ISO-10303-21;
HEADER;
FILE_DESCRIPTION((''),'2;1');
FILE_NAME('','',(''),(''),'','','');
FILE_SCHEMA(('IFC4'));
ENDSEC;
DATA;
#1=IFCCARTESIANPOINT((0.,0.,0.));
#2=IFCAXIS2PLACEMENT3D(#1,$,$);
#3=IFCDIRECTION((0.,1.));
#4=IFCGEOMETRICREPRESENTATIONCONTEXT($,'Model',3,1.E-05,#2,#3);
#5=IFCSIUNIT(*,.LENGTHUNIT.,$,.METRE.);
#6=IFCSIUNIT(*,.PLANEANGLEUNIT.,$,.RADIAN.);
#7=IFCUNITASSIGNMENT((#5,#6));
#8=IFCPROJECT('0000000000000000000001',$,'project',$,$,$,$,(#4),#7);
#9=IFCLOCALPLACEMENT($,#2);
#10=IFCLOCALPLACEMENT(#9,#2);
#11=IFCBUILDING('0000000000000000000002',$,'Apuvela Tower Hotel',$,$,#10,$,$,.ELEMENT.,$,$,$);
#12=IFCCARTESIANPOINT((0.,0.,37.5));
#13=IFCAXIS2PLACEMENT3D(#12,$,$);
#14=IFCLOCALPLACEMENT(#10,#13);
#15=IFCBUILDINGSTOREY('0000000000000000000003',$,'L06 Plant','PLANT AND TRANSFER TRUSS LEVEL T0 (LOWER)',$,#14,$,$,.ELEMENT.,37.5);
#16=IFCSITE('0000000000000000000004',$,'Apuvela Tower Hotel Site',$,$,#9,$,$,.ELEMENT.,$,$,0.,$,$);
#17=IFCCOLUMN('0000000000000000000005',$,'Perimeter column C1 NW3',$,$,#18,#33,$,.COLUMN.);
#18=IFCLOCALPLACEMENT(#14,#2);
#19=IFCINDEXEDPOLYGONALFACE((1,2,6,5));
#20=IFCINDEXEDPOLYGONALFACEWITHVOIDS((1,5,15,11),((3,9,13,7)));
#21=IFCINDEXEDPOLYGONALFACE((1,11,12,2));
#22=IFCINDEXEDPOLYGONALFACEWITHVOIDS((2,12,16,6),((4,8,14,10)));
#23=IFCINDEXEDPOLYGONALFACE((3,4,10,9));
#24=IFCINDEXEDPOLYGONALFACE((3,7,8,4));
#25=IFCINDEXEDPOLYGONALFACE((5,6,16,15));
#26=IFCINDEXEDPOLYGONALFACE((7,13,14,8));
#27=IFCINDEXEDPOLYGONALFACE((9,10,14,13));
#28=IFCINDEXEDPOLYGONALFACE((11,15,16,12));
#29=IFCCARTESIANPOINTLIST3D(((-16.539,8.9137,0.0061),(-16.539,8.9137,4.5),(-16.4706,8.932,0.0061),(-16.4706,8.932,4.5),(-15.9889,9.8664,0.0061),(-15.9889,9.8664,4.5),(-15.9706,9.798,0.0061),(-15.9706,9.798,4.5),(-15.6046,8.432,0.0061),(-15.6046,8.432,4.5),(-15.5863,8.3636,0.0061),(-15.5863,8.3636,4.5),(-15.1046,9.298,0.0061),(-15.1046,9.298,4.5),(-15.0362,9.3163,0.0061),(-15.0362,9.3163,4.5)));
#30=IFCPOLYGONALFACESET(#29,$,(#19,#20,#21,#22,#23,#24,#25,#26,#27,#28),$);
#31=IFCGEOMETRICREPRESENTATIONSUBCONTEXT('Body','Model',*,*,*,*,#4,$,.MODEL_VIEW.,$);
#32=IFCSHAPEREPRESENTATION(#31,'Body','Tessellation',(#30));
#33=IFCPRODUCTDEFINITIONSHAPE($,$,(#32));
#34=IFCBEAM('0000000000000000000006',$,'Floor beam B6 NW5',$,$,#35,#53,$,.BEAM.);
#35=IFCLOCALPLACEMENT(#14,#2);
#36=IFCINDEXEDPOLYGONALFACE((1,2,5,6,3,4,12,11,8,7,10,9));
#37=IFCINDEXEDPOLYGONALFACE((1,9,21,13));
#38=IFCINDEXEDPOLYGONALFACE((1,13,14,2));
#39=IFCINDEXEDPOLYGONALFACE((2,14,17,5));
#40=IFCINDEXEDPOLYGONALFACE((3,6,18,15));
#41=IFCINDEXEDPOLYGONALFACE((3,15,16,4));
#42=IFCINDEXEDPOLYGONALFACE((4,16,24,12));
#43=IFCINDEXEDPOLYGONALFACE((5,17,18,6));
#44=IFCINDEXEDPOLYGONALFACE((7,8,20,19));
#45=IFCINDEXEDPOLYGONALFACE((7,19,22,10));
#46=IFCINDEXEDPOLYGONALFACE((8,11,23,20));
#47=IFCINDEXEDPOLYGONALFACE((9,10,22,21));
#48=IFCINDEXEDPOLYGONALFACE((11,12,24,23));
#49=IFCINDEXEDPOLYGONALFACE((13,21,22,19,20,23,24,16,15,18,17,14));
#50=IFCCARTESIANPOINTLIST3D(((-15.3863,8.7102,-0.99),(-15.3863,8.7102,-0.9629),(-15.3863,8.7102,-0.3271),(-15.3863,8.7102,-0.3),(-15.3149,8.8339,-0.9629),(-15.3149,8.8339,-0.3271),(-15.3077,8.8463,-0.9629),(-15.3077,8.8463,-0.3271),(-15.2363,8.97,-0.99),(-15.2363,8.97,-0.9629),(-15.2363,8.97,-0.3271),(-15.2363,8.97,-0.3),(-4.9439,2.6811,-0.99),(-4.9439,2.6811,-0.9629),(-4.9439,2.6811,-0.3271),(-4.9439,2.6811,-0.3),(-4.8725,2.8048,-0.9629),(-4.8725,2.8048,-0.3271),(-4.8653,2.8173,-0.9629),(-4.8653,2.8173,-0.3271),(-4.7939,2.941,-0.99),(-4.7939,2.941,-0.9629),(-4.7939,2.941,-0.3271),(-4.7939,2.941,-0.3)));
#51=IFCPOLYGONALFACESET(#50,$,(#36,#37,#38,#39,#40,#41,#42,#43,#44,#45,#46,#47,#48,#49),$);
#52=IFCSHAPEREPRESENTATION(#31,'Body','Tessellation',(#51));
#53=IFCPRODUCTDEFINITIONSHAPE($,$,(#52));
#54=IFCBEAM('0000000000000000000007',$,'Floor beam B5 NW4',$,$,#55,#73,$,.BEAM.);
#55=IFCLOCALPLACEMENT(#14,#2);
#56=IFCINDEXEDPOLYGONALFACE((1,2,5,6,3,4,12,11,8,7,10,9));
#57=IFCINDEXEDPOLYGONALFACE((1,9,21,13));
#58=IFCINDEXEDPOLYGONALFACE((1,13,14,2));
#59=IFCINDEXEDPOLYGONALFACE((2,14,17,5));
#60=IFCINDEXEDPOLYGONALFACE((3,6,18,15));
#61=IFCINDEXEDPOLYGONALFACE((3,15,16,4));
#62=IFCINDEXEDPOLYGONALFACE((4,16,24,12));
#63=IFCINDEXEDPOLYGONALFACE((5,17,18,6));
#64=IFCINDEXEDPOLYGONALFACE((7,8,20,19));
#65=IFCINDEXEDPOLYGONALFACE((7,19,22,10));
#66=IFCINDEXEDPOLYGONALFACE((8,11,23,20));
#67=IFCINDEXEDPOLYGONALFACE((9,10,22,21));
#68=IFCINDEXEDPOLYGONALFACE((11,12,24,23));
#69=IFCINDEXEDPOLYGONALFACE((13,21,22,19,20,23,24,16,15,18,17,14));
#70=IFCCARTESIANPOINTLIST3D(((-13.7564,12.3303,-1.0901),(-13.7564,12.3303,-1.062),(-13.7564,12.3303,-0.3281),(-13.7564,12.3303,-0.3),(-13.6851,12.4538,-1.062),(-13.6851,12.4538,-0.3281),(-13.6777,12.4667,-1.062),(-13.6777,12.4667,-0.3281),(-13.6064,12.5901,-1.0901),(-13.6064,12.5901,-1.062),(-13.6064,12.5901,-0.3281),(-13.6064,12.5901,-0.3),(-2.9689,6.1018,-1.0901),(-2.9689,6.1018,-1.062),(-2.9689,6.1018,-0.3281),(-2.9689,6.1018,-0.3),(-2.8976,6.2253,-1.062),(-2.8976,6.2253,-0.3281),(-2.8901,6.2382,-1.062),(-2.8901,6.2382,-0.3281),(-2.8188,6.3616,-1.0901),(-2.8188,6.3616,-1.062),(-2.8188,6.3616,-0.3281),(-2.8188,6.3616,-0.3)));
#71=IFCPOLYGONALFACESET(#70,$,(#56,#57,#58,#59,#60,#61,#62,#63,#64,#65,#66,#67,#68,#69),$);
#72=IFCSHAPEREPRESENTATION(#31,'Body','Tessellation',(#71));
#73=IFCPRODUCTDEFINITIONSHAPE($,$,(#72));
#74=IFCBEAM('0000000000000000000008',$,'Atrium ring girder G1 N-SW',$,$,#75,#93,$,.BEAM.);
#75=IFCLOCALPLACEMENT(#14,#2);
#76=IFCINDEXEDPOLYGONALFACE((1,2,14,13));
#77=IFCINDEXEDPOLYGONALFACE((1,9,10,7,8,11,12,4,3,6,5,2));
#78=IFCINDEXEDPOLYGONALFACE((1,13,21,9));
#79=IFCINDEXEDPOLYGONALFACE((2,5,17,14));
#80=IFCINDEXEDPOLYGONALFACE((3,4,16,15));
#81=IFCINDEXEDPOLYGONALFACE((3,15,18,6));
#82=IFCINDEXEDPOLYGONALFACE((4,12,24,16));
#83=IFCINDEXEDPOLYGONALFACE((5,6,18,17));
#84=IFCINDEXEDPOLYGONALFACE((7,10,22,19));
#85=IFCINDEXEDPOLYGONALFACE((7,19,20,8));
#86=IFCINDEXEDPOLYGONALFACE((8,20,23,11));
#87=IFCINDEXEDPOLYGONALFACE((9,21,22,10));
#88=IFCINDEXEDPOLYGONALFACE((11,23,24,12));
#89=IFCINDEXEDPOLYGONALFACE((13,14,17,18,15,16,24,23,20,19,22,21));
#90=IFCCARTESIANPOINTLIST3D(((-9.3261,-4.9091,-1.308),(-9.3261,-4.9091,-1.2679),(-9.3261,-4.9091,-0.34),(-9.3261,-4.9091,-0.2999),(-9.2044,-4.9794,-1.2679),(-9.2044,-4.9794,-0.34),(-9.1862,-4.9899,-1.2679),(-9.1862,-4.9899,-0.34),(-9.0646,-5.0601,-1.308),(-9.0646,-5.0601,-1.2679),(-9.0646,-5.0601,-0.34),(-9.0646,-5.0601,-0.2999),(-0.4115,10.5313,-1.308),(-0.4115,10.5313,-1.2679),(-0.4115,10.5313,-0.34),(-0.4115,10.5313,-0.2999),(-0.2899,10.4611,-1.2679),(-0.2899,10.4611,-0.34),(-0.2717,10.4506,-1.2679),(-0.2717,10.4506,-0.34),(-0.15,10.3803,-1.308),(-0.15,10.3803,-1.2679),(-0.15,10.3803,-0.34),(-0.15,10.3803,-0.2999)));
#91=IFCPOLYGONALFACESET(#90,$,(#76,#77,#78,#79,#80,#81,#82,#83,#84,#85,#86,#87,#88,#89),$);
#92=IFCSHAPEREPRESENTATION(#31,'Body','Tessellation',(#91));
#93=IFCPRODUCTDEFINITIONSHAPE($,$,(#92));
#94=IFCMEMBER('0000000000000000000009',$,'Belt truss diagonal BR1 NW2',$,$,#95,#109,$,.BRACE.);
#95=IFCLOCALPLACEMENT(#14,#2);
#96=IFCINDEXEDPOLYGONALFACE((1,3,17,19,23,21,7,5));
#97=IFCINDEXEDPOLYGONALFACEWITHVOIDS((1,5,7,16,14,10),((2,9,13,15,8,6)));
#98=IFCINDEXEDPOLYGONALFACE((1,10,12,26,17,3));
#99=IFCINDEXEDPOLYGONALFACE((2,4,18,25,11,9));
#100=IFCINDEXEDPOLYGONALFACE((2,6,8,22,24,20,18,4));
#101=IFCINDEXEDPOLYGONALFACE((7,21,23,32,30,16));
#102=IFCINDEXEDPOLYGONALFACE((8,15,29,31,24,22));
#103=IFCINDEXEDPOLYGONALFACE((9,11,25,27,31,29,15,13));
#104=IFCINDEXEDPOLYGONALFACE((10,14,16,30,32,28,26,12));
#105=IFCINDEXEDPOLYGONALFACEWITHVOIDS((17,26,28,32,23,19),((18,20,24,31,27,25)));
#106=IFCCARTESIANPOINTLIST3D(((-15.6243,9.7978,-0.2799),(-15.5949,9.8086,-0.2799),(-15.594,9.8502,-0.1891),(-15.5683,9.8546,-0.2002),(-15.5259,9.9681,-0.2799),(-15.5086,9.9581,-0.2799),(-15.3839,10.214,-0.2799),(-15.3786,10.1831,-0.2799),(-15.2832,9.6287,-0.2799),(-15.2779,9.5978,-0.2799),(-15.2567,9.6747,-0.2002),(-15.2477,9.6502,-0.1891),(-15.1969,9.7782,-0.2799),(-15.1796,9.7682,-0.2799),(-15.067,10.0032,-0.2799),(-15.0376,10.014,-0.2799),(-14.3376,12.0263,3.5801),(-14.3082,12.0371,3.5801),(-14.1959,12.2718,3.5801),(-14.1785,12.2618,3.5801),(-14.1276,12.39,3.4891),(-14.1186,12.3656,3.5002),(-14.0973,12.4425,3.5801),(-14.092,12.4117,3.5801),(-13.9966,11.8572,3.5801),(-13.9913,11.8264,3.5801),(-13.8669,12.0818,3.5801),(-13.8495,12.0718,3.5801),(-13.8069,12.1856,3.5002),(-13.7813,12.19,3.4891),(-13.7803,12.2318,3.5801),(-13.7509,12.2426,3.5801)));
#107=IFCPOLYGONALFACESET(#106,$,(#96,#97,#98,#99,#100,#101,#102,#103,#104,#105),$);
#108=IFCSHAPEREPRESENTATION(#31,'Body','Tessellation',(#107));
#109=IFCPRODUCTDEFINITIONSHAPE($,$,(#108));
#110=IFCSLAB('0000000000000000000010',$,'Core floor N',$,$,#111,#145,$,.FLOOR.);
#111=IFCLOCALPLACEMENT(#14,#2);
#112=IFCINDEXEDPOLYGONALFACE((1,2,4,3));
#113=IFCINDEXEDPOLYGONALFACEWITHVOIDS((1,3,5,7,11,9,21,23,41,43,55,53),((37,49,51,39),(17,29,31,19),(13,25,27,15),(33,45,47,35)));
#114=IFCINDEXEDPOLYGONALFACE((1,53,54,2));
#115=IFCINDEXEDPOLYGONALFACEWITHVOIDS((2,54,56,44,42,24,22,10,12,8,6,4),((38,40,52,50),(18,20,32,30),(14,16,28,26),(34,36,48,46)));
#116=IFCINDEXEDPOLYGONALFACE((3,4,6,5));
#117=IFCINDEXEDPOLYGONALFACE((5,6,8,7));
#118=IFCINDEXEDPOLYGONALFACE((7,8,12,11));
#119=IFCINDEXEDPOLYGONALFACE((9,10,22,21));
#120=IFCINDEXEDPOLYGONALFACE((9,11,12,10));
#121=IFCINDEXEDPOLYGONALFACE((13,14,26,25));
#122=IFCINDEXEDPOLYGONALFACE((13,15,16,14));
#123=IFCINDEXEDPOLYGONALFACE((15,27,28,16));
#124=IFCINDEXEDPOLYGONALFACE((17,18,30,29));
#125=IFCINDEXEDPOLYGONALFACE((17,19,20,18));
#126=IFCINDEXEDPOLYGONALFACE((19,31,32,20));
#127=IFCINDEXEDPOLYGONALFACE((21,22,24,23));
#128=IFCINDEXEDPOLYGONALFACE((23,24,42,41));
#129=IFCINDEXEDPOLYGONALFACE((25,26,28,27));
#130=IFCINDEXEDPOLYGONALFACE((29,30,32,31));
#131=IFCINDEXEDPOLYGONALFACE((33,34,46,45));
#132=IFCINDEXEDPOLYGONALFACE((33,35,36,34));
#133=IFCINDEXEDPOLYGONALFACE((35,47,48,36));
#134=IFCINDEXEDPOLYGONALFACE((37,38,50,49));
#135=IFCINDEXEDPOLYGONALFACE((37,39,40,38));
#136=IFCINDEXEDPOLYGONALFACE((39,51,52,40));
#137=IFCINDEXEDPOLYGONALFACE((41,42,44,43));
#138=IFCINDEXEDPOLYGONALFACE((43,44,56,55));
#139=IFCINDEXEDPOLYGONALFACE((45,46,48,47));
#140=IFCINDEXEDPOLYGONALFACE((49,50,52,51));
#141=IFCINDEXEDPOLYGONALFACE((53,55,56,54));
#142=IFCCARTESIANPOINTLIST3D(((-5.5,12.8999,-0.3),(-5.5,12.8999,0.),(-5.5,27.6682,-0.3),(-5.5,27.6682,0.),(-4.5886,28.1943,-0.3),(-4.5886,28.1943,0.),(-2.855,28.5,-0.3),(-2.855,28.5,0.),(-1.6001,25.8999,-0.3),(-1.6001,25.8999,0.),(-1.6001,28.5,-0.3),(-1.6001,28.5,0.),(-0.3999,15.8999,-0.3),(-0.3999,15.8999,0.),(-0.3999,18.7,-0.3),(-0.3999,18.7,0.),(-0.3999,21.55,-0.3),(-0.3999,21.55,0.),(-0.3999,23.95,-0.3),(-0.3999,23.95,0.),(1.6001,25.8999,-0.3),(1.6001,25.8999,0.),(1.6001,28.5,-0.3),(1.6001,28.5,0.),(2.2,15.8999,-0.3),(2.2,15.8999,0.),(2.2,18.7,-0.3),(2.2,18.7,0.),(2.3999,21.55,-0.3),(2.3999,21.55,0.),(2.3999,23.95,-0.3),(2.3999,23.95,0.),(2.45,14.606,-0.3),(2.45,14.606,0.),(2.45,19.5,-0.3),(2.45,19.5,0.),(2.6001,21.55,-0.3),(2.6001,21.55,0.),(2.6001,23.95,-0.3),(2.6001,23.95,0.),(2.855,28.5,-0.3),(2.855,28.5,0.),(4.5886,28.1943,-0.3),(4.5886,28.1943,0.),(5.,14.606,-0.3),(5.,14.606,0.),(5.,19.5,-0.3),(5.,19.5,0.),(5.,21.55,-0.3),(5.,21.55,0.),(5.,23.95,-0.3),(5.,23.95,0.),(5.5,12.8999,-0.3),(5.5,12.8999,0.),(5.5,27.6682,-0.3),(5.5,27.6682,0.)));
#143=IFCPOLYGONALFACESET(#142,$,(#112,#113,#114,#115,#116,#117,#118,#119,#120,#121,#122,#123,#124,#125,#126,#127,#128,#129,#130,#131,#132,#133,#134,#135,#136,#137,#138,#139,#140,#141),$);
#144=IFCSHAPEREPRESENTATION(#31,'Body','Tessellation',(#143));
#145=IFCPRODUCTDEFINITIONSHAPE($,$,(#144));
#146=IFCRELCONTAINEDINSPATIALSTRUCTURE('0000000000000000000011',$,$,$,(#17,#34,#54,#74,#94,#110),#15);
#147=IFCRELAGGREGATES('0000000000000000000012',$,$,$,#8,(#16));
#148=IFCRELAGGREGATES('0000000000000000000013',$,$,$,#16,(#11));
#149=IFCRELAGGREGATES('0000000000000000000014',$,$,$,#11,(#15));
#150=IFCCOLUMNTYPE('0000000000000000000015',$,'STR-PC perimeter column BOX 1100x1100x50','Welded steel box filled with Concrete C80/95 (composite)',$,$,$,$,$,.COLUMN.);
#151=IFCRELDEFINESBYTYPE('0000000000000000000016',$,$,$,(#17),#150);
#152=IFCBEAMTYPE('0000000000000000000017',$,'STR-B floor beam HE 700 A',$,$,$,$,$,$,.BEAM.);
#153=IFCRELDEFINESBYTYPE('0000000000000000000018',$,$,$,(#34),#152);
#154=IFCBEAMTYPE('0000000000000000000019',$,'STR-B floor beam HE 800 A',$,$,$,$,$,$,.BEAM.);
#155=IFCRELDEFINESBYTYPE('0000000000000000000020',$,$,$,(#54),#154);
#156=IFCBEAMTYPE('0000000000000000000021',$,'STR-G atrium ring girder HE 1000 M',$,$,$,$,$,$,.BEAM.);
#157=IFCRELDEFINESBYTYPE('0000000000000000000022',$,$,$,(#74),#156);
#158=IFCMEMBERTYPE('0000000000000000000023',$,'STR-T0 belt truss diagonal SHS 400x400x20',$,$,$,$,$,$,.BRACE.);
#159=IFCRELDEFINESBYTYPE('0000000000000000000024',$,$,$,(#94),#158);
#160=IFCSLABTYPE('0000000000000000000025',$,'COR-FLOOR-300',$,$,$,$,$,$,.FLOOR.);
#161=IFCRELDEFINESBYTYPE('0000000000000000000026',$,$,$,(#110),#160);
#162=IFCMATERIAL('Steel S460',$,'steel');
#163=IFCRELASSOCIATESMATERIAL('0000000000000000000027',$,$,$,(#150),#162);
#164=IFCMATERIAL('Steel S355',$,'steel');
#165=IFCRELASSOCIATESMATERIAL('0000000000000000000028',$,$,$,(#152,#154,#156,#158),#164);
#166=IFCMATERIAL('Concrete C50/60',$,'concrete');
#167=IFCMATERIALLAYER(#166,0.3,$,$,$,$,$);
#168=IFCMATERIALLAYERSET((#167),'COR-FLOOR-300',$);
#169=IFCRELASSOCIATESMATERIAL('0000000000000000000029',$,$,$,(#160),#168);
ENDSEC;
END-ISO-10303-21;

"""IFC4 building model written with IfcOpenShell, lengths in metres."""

from ifc_helpers import new_model, si_unit, direction, frame, origin, origin_2d, place, context, subcontext, project, spatial, polyline, rectangle, hollow_rectangle, i_section, outline, extrude, boolean, halfspace, material, layer, layer_set, material_profile, profile_set, type_object, element, save


model = new_model("IFC4")

# Units and contexts
model_context = context("Model", 3, precision=1e-05, world=origin(), true_north=direction((0.0, 1.0)))
body_context = subcontext(model_context, "Body", "Model", "MODEL_VIEW")
ifc_project = project(units=[si_unit("LENGTHUNIT", "METRE"), si_unit("PLANEANGLEUNIT", "RADIAN")], contexts=[model_context])

# Site, building, storey
site_placement = place(None, origin())
site = spatial("IfcSite", under=ifc_project, at=site_placement, Name="Apuvela Tower Hotel Site", CompositionType="ELEMENT", RefElevation=0.0)
building_placement = place(site_placement, origin())
building = spatial("IfcBuilding", under=site, at=building_placement, Name="Apuvela Tower Hotel", CompositionType="ELEMENT")
storey_placement = place(building_placement, frame((0.0, 0.0, 37.5)))
storey = spatial("IfcBuildingStorey", under=building, at=storey_placement, Name="L06 Plant", Description="PLANT AND TRANSFER TRUSS LEVEL T0 (LOWER)", CompositionType="ELEMENT", Elevation=37.5)

# Column
ifc_material_1 = material(Name="Steel S460", Category="steel")
ifc_material_profile_1 = material_profile(ifc_material_1, hollow_rectangle(XDim=1.1001, YDim=1.1001, WallThickness=0.05, at=origin_2d()), Name="BOX 1100x1100x50")
ifc_material_2 = material(Name="Concrete C80/95", Category="concrete")
ifc_material_profile_2 = material_profile(ifc_material_2, rectangle(XDim=1.0, YDim=1.0, at=origin_2d()), Name="Concrete C80/95 infill")
ifc_profile_set_1 = profile_set([ifc_material_profile_1, ifc_material_profile_2], Name="Steel S460")
column_type = type_object("IfcColumnType", Name="STR-PC perimeter column BOX 1100x1100x50", Description="Welded steel box filled with Concrete C80/95 (composite)", PredefinedType="COLUMN", material=ifc_profile_set_1)
column_placement = place(storey_placement, frame((-15.7876, 9.115, 0.0), z_axis=(0.0, 0.0, 1.0), x_axis=(0.5, 0.866025, 0.0)))
element("IfcColumn", 1, at=column_placement, inside=storey, type_object=column_type, Name="Perimeter column C1 NW3", PredefinedType="COLUMN", context=body_context, shape_type="SweptSolid", body=[
    boolean("DIFFERENCE", extrude(hollow_rectangle(XDim=1.1001, YDim=1.1001, WallThickness=0.05, at=origin_2d()), origin(), (0.0, 0.0, 1.0), 4.5), halfspace(frame((0.0, 0.0, 0.0061), z_axis=(0.0, 0.0, 1.0), x_axis=(1.0, 0.0, 0.0)), True)),
])

# Beams
ifc_material_3 = material(Name="Steel S355", Category="steel")
ifc_material_profile_3 = material_profile(ifc_material_3, i_section(OverallWidth=0.3, OverallDepth=0.6899, WebThickness=0.0144, FlangeThickness=0.0271, at=origin_2d()), Name="HE 700 A")
ifc_profile_set_2 = profile_set([ifc_material_profile_3], Name="Steel S355")
beam_type_1 = type_object("IfcBeamType", Name="STR-B floor beam HE 700 A", PredefinedType="BEAM", material=ifc_profile_set_2)
beam_1_placement = place(storey_placement, frame((-15.3113, 8.8401, -0.645), z_axis=(0.86602, -0.500009, 0.0), x_axis=(0.500009, 0.86602, 0.0)))
element("IfcBeam", 2, at=beam_1_placement, inside=storey, type_object=beam_type_1, Name="Floor beam B6 NW5", PredefinedType="BEAM", context=body_context, shape_type="SweptSolid", body=[
    extrude(i_section(OverallWidth=0.3, OverallDepth=0.6899, WebThickness=0.0144, FlangeThickness=0.0271, at=origin_2d()), origin(), (0.0, 0.0, 1.0), 12.0579),
])
ifc_material_profile_4 = material_profile(ifc_material_3, i_section(OverallWidth=0.3, OverallDepth=0.79, WebThickness=0.0149, FlangeThickness=0.0281, at=origin_2d()), Name="HE 800 A")
ifc_profile_set_3 = profile_set([ifc_material_profile_4], Name="Steel S355")
beam_type_2 = type_object("IfcBeamType", Name="STR-B floor beam HE 800 A", PredefinedType="BEAM", material=ifc_profile_set_3)
beam_2_placement = place(storey_placement, frame((-13.6814, 12.4602, -0.6951), z_axis=(0.866015, -0.500018, 0.0), x_axis=(0.500018, 0.866015, 0.0)))
element("IfcBeam", 3, at=beam_2_placement, inside=storey, type_object=beam_type_2, Name="Floor beam B5 NW4", PredefinedType="BEAM", context=body_context, shape_type="SweptSolid", body=[
    extrude(i_section(OverallWidth=0.3, OverallDepth=0.79, WebThickness=0.0149, FlangeThickness=0.0281, at=origin_2d()), origin(), (0.0, 0.0, 1.0), 12.4565),
])
ifc_material_profile_5 = material_profile(ifc_material_3, i_section(OverallWidth=0.302, OverallDepth=1.0081, WebThickness=0.021, FlangeThickness=0.04, at=origin_2d()), Name="HE 1000 M")
ifc_profile_set_4 = profile_set([ifc_material_profile_5], Name="Steel S355")
beam_type_3 = type_object("IfcBeamType", Name="STR-G atrium ring girder HE 1000 M", PredefinedType="BEAM", material=ifc_profile_set_4)
beam_3_placement = place(storey_placement, frame((-0.2808, 10.4558, -0.804), z_axis=(-0.500001, -0.866025, 0.0), x_axis=(0.866025, -0.500001, 0.0)))
element("IfcBeam", 4, at=beam_3_placement, inside=storey, type_object=beam_type_3, Name="Atrium ring girder G1 N-SW", PredefinedType="BEAM", context=body_context, shape_type="SweptSolid", body=[
    extrude(i_section(OverallWidth=0.302, OverallDepth=1.0081, WebThickness=0.021, FlangeThickness=0.04, at=origin_2d()), origin(), (0.0, 0.0, 1.0), 17.8291),
])

# Member
ifc_material_profile_6 = material_profile(ifc_material_3, hollow_rectangle(XDim=0.3999, YDim=0.3999, WallThickness=0.02, at=origin_2d()), Name="SHS 400x400x20")
ifc_profile_set_5 = profile_set([ifc_material_profile_6], Name="Steel S355")
member_type = type_object("IfcMemberType", Name="STR-T0 belt truss diagonal SHS 400x400x20", PredefinedType="BRACE", material=ifc_profile_set_5)
member_placement = place(storey_placement, frame((-15.3376, 9.8943, -0.3), z_axis=(0.277351, 0.480378, 0.832054), x_axis=(-0.416033, -0.720576, 0.554695)))
solid = boolean("DIFFERENCE", boolean("DIFFERENCE", extrude(hollow_rectangle(XDim=0.3999, YDim=0.3999, WallThickness=0.02, at=origin_2d()), frame((0.0, 0.0, -0.2534)), (0.0, 0.0, 1.0), 5.1941), halfspace(frame((0.0, 0.0, 0.0242), z_axis=(0.554695, 0.0, 0.832054), x_axis=(0.832054, 0.0, -0.554695)), True)), halfspace(frame((0.0, 0.0, 4.6633), z_axis=(0.554695, 0.0, 0.832054), x_axis=(0.832054, 0.0, -0.554695)), False))
element("IfcMember", 5, at=member_placement, inside=storey, type_object=member_type, Name="Belt truss diagonal BR1 NW2", PredefinedType="BRACE", context=body_context, shape_type="SweptSolid", body=[
    boolean("UNION", boolean("DIFFERENCE", boolean("DIFFERENCE", extrude(hollow_rectangle(XDim=0.3999, YDim=0.3999, WallThickness=0.02, at=origin_2d()), origin(), (0.0, 0.0, 1.0), 4.6873), halfspace(frame((0.0, 0.0, 0.0242), z_axis=(0.554695, 0.0, 0.832054), x_axis=(0.832054, 0.0, -0.554695)), True)), halfspace(frame((0.0, 0.0, 4.6633), z_axis=(0.554695, 0.0, 0.832054), x_axis=(0.832054, 0.0, -0.554695)), False)), solid),
])

# Slab
ifc_material_4 = material(Name="Concrete C50/60", Category="concrete")
ifc_layer_1 = layer(ifc_material_4, 0.3)
ifc_layer_set_1 = layer_set([ifc_layer_1], Name="COR-FLOOR-300")
slab_type_1 = type_object("IfcSlabType", Name="COR-FLOOR-300", PredefinedType="FLOOR", material=ifc_layer_set_1)
slab_1_placement = place(storey_placement, frame((0.0, 0.0, -0.3)))
element("IfcSlab", 6, at=slab_1_placement, inside=storey, type_object=slab_type_1, Name="Core floor N", PredefinedType="FLOOR", context=body_context, shape_type="SweptSolid", body=[
    extrude(outline(polyline([(5.5, 27.6682), (4.5886, 28.1943), (2.855, 28.5), (1.6001, 28.5), (1.6001, 25.8999), (-1.6001, 25.8999), (-1.6001, 28.5), (-2.855, 28.5), (-4.5886, 28.1943), (-5.5, 27.6682), (-5.5, 12.8999), (5.5, 12.8999), (5.5, 27.6682)]), holes=[polyline([(5.0, 14.606), (2.45, 14.606), (2.45, 19.5), (5.0, 19.5), (5.0, 14.606)]), polyline([(2.2, 15.8999), (-0.3999, 15.8999), (-0.3999, 18.7), (2.2, 18.7), (2.2, 15.8999)]), polyline([(5.0, 21.55), (2.6001, 21.55), (2.6001, 23.95), (5.0, 23.95), (5.0, 21.55)]), polyline([(2.3999, 21.55), (-0.3999, 21.55), (-0.3999, 23.95), (2.3999, 23.95), (2.3999, 21.55)])]), origin(), (0.0, 0.0, 1.0), 0.3),
])

save(model, "model.ifc")
